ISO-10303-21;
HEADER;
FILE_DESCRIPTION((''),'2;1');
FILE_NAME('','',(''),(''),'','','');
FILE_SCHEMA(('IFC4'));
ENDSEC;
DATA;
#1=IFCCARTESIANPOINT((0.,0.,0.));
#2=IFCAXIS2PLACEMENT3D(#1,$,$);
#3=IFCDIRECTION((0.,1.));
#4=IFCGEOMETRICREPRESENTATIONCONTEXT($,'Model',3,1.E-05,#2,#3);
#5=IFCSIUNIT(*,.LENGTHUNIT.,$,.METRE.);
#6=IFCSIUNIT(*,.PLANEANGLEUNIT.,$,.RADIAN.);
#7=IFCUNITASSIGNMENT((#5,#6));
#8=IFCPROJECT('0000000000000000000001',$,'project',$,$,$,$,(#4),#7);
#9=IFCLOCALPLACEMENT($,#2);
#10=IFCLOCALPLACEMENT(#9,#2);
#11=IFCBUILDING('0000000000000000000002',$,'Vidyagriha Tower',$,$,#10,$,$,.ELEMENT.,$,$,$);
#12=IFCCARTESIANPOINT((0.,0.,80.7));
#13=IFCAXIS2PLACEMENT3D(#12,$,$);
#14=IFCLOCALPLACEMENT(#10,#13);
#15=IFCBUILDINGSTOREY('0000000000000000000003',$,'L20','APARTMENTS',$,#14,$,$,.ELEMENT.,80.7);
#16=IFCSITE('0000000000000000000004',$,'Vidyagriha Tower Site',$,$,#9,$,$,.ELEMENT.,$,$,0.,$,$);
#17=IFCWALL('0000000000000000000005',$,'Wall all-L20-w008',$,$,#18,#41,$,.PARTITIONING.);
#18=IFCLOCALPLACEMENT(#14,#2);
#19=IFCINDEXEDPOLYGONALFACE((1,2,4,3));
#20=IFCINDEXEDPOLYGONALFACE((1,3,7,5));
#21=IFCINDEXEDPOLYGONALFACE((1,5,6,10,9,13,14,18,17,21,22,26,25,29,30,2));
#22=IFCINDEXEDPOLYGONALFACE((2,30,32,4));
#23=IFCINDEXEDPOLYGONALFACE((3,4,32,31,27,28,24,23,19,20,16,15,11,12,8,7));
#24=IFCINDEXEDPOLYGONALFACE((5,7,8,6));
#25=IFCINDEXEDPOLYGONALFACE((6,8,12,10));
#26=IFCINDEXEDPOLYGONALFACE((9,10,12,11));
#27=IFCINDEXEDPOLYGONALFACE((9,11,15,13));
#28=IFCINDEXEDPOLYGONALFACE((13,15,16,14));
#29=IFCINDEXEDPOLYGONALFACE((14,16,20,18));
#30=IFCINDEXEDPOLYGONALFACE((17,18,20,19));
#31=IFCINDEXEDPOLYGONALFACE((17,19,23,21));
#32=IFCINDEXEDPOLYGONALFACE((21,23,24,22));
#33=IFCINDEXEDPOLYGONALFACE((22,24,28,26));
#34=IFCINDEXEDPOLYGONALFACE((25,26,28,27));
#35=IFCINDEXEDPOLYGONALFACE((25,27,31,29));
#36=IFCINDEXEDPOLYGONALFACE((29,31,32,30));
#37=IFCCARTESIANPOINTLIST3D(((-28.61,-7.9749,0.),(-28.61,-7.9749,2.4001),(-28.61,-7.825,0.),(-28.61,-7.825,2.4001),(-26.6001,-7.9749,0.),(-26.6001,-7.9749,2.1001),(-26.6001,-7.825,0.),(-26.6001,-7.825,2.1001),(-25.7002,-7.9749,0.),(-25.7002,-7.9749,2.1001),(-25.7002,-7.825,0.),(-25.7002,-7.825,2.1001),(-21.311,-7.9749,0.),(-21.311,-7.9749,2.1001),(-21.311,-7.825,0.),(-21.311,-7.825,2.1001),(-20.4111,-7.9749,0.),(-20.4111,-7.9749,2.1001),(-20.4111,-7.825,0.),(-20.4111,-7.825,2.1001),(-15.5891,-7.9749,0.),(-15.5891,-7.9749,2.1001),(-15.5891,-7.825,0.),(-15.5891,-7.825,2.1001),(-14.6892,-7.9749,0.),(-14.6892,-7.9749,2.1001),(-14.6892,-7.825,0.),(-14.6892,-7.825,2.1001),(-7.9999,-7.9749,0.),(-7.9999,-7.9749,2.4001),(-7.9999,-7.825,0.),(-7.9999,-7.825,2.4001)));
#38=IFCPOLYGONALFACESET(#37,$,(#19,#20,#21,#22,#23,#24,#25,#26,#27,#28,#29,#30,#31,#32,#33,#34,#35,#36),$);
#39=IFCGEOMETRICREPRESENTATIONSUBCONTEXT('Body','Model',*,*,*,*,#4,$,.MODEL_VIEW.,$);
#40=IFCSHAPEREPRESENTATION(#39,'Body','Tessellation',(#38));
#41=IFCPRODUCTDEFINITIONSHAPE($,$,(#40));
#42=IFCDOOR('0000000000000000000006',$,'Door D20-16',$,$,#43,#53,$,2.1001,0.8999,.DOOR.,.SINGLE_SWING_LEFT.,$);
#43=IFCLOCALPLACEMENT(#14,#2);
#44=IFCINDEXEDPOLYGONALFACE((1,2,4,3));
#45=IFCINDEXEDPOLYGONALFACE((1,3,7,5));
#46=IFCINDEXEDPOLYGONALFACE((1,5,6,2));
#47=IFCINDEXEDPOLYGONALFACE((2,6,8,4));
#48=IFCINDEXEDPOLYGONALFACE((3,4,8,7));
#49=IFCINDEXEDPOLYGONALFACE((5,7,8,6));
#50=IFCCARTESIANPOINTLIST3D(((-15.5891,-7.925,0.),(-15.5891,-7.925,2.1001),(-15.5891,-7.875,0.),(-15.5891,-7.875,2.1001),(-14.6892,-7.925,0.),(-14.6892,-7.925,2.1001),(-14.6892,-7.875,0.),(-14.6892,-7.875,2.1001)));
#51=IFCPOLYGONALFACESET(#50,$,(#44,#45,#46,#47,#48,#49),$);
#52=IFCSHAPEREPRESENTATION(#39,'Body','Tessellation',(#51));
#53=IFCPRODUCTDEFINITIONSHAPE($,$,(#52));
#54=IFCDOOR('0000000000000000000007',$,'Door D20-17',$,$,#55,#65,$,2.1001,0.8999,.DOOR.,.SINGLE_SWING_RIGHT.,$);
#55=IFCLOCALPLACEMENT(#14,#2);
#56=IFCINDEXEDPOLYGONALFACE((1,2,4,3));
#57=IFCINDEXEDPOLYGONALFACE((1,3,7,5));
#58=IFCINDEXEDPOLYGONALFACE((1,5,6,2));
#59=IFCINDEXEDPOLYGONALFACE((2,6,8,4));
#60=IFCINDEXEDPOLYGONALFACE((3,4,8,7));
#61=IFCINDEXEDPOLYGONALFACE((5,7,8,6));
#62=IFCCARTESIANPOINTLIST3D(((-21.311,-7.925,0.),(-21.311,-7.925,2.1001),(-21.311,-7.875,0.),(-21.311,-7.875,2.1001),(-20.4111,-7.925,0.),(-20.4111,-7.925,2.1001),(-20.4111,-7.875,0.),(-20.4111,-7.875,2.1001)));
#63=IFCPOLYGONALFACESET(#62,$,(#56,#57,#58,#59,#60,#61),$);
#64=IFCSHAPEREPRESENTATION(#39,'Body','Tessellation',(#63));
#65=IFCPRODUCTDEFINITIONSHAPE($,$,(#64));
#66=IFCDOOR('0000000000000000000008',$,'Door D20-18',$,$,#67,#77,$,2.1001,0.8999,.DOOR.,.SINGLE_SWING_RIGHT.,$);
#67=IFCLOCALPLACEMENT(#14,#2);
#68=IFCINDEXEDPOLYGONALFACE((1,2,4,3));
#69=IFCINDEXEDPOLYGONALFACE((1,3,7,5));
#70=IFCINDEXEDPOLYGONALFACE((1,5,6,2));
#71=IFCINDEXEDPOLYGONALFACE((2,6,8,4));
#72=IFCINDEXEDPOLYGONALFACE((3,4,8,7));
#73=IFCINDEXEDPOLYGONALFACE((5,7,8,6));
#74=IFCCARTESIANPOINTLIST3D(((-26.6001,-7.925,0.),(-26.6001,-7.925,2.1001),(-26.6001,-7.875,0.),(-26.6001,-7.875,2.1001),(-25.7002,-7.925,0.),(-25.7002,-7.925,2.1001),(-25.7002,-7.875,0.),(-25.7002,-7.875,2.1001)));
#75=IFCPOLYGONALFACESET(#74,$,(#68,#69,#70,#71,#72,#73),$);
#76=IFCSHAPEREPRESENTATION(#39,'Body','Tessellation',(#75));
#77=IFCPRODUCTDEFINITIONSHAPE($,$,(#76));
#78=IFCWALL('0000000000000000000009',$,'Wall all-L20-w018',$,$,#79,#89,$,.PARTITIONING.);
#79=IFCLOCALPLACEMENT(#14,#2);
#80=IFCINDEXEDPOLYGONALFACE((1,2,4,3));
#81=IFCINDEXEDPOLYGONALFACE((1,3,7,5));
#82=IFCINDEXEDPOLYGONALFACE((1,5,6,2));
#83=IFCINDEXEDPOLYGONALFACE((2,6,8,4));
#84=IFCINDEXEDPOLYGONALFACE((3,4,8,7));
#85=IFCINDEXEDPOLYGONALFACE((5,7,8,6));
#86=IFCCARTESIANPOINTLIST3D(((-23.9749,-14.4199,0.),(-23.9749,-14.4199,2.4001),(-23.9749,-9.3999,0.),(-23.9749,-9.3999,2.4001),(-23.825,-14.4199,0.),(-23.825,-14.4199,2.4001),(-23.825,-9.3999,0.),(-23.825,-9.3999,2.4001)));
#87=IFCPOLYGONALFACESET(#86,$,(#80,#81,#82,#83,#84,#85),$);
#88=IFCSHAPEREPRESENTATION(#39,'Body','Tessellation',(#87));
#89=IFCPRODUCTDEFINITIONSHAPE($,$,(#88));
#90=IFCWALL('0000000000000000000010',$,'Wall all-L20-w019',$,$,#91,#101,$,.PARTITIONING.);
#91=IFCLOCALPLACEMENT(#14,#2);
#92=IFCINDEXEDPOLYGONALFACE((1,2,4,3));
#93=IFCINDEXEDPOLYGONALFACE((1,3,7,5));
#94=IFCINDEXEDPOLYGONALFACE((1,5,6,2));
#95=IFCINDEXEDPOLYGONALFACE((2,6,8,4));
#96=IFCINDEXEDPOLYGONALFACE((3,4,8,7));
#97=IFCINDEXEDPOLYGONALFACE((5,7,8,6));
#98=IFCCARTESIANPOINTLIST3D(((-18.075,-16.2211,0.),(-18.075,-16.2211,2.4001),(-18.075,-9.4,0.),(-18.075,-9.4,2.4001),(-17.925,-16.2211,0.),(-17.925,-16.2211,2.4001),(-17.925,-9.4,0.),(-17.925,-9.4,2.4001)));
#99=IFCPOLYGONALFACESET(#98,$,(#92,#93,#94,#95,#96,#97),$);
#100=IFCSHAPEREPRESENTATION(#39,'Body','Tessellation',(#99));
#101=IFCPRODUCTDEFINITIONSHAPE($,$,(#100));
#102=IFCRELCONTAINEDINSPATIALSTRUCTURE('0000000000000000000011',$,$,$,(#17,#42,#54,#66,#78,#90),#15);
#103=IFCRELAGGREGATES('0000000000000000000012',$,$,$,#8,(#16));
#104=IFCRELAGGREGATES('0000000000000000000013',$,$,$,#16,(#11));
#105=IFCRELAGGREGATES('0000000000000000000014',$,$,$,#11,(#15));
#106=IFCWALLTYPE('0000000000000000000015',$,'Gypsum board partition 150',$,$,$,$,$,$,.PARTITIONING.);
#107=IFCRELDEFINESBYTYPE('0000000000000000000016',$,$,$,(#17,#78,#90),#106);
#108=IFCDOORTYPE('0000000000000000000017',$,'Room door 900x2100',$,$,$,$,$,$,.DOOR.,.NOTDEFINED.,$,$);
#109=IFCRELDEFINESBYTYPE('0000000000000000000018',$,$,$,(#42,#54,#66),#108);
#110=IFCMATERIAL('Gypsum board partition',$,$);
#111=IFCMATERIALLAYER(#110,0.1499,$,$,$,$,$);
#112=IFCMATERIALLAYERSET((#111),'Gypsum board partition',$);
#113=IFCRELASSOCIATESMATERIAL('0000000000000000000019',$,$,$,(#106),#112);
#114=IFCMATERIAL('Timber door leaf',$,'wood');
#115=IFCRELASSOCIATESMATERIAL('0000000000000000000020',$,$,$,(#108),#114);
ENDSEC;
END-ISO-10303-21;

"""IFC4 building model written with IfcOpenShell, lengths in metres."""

from ifc_helpers import new_model, si_unit, direction, frame, frame_2d, origin, place, context, subcontext, project, spatial, rectangle, extrude, material, layer, layer_set, type_object, element, fill, save


model = new_model("IFC4")

# Units and contexts
model_context = context("Model", 3, precision=1e-05, world=origin(), true_north=direction((0.0, 1.0)))
body_context = subcontext(model_context, "Body", "Model", "MODEL_VIEW")
ifc_project = project(units=[si_unit("LENGTHUNIT", "METRE"), si_unit("PLANEANGLEUNIT", "RADIAN")], contexts=[model_context])

# Site, building, storey
site_placement = place(None, origin())
site = spatial("IfcSite", under=ifc_project, at=site_placement, Name="Vidyagriha Tower Site", CompositionType="ELEMENT", RefElevation=0.0)
building_placement = place(site_placement, origin())
building = spatial("IfcBuilding", under=site, at=building_placement, Name="Vidyagriha Tower", CompositionType="ELEMENT")
storey_placement = place(building_placement, frame((0.0, 0.0, 80.7)))
storey = spatial("IfcBuildingStorey", under=building, at=storey_placement, Name="L20", Description="APARTMENTS", CompositionType="ELEMENT", Elevation=80.7)

# Shared definitions
ifc_material_1 = material(Name="Gypsum board partition")
ifc_layer_1 = layer(ifc_material_1, 0.1499)
ifc_layer_set_1 = layer_set([ifc_layer_1], Name="Gypsum board partition")
wall_type_1 = type_object("IfcWallType", Name="Gypsum board partition 150", PredefinedType="PARTITIONING", material=ifc_layer_set_1)

# Wall, openings, doors
wall_1_placement = place(storey_placement, frame((-28.6101, -7.8999, 0.0)))
wall_1 = element("IfcWall", 1, at=wall_1_placement, inside=storey, type_object=wall_type_1, Name="Wall all-L20-w008", PredefinedType="PARTITIONING", context=body_context, shape_type="SweptSolid", body=[
    extrude(rectangle(XDim=20.6101, YDim=0.1499, at=frame_2d((10.3052, 0.0))), origin(), (0.0, 0.0, 1.0), 2.4001),
])
opening_1_placement = place(wall_1_placement, frame((13.021, 0.0, 0.0)))
opening_1 = element("IfcOpeningElement", 2, at=opening_1_placement, cuts=wall_1, PredefinedType="OPENING", context=body_context, shape_type="SweptSolid", body=[
    extrude(rectangle(XDim=0.8999, YDim=2.1001, at=frame_2d((0.45, 1.05))), frame((0.0, 0.085, 0.0), z_axis=(0.0, -1.0, 0.0), x_axis=(1.0, 0.0, 0.0)), (0.0, 0.0, 1.0), 0.1699),
])
opening_2_placement = place(wall_1_placement, frame((7.2991, 0.0, 0.0)))
opening_2 = element("IfcOpeningElement", 3, at=opening_2_placement, cuts=wall_1, PredefinedType="OPENING", context=body_context, shape_type="SweptSolid", body=[
    extrude(rectangle(XDim=0.8999, YDim=2.1001, at=frame_2d((0.45, 1.05))), frame((0.0, 0.085, 0.0), z_axis=(0.0, -1.0, 0.0), x_axis=(1.0, 0.0, 0.0)), (0.0, 0.0, 1.0), 0.1699),
])
opening_3_placement = place(wall_1_placement, frame((2.01, 0.0, 0.0)))
opening_3 = element("IfcOpeningElement", 4, at=opening_3_placement, cuts=wall_1, PredefinedType="OPENING", context=body_context, shape_type="SweptSolid", body=[
    extrude(rectangle(XDim=0.8999, YDim=2.1001, at=frame_2d((0.45, 1.05))), frame((0.0, 0.085, 0.0), z_axis=(0.0, -1.0, 0.0), x_axis=(1.0, 0.0, 0.0)), (0.0, 0.0, 1.0), 0.1699),
])
ifc_material_2 = material(Name="Timber door leaf", Category="wood")
door_type_1 = type_object("IfcDoorType", Name="Room door 900x2100", OperationType="NOTDEFINED", PredefinedType="DOOR", material=ifc_material_2)
door_1_placement = place(opening_1_placement, origin())
door_1 = element("IfcDoor", 5, at=door_1_placement, inside=storey, type_object=door_type_1, Name="Door D20-16", OperationType="SINGLE_SWING_LEFT", OverallHeight=2.1001, OverallWidth=0.8999, PredefinedType="DOOR", context=body_context, shape_type="SweptSolid", body=[
    extrude(rectangle(XDim=0.8999, YDim=2.1001, at=frame_2d((0.45, 1.05))), frame((0.0, 0.0249, 0.0), z_axis=(0.0, -1.0, 0.0), x_axis=(1.0, 0.0, 0.0)), (0.0, 0.0, 1.0), 0.05),
])
fill(opening_1, door_1)
door_2_placement = place(opening_2_placement, origin())
door_2 = element("IfcDoor", 6, at=door_2_placement, inside=storey, type_object=door_type_1, Name="Door D20-17", OperationType="SINGLE_SWING_RIGHT", OverallHeight=2.1001, OverallWidth=0.8999, PredefinedType="DOOR", context=body_context, shape_type="SweptSolid", body=[
    extrude(rectangle(XDim=0.8999, YDim=2.1001, at=frame_2d((0.45, 1.05))), frame((0.0, 0.0249, 0.0), z_axis=(0.0, -1.0, 0.0), x_axis=(1.0, 0.0, 0.0)), (0.0, 0.0, 1.0), 0.05),
])
fill(opening_2, door_2)
door_3_placement = place(opening_3_placement, origin())
door_3 = element("IfcDoor", 7, at=door_3_placement, inside=storey, type_object=door_type_1, Name="Door D20-18", OperationType="SINGLE_SWING_RIGHT", OverallHeight=2.1001, OverallWidth=0.8999, PredefinedType="DOOR", context=body_context, shape_type="SweptSolid", body=[
    extrude(rectangle(XDim=0.8999, YDim=2.1001, at=frame_2d((0.45, 1.05))), frame((0.0, 0.0249, 0.0), z_axis=(0.0, -1.0, 0.0), x_axis=(1.0, 0.0, 0.0)), (0.0, 0.0, 1.0), 0.05),
])
fill(opening_3, door_3)

# Walls
wall_2_placement = place(storey_placement, frame((-23.8999, -9.3999, 0.0), z_axis=(0.0, 0.0, 1.0), x_axis=(0.0, -1.0, 0.0)))
element("IfcWall", 8, at=wall_2_placement, inside=storey, type_object=wall_type_1, Name="Wall all-L20-w018", PredefinedType="PARTITIONING", context=body_context, shape_type="SweptSolid", body=[
    extrude(rectangle(XDim=5.02, YDim=0.1499, at=frame_2d((2.51, 0.0))), origin(), (0.0, 0.0, 1.0), 2.4001),
])
wall_3_placement = place(storey_placement, frame((-18.0, -9.3999, 0.0), z_axis=(0.0, 0.0, 1.0), x_axis=(0.0, -1.0, 0.0)))
element("IfcWall", 9, at=wall_3_placement, inside=storey, type_object=wall_type_1, Name="Wall all-L20-w019", PredefinedType="PARTITIONING", context=body_context, shape_type="SweptSolid", body=[
    extrude(rectangle(XDim=6.821, YDim=0.1499, at=frame_2d((3.4106, 0.0))), origin(), (0.0, 0.0, 1.0), 2.4001),
])

save(model, "model.ifc")
